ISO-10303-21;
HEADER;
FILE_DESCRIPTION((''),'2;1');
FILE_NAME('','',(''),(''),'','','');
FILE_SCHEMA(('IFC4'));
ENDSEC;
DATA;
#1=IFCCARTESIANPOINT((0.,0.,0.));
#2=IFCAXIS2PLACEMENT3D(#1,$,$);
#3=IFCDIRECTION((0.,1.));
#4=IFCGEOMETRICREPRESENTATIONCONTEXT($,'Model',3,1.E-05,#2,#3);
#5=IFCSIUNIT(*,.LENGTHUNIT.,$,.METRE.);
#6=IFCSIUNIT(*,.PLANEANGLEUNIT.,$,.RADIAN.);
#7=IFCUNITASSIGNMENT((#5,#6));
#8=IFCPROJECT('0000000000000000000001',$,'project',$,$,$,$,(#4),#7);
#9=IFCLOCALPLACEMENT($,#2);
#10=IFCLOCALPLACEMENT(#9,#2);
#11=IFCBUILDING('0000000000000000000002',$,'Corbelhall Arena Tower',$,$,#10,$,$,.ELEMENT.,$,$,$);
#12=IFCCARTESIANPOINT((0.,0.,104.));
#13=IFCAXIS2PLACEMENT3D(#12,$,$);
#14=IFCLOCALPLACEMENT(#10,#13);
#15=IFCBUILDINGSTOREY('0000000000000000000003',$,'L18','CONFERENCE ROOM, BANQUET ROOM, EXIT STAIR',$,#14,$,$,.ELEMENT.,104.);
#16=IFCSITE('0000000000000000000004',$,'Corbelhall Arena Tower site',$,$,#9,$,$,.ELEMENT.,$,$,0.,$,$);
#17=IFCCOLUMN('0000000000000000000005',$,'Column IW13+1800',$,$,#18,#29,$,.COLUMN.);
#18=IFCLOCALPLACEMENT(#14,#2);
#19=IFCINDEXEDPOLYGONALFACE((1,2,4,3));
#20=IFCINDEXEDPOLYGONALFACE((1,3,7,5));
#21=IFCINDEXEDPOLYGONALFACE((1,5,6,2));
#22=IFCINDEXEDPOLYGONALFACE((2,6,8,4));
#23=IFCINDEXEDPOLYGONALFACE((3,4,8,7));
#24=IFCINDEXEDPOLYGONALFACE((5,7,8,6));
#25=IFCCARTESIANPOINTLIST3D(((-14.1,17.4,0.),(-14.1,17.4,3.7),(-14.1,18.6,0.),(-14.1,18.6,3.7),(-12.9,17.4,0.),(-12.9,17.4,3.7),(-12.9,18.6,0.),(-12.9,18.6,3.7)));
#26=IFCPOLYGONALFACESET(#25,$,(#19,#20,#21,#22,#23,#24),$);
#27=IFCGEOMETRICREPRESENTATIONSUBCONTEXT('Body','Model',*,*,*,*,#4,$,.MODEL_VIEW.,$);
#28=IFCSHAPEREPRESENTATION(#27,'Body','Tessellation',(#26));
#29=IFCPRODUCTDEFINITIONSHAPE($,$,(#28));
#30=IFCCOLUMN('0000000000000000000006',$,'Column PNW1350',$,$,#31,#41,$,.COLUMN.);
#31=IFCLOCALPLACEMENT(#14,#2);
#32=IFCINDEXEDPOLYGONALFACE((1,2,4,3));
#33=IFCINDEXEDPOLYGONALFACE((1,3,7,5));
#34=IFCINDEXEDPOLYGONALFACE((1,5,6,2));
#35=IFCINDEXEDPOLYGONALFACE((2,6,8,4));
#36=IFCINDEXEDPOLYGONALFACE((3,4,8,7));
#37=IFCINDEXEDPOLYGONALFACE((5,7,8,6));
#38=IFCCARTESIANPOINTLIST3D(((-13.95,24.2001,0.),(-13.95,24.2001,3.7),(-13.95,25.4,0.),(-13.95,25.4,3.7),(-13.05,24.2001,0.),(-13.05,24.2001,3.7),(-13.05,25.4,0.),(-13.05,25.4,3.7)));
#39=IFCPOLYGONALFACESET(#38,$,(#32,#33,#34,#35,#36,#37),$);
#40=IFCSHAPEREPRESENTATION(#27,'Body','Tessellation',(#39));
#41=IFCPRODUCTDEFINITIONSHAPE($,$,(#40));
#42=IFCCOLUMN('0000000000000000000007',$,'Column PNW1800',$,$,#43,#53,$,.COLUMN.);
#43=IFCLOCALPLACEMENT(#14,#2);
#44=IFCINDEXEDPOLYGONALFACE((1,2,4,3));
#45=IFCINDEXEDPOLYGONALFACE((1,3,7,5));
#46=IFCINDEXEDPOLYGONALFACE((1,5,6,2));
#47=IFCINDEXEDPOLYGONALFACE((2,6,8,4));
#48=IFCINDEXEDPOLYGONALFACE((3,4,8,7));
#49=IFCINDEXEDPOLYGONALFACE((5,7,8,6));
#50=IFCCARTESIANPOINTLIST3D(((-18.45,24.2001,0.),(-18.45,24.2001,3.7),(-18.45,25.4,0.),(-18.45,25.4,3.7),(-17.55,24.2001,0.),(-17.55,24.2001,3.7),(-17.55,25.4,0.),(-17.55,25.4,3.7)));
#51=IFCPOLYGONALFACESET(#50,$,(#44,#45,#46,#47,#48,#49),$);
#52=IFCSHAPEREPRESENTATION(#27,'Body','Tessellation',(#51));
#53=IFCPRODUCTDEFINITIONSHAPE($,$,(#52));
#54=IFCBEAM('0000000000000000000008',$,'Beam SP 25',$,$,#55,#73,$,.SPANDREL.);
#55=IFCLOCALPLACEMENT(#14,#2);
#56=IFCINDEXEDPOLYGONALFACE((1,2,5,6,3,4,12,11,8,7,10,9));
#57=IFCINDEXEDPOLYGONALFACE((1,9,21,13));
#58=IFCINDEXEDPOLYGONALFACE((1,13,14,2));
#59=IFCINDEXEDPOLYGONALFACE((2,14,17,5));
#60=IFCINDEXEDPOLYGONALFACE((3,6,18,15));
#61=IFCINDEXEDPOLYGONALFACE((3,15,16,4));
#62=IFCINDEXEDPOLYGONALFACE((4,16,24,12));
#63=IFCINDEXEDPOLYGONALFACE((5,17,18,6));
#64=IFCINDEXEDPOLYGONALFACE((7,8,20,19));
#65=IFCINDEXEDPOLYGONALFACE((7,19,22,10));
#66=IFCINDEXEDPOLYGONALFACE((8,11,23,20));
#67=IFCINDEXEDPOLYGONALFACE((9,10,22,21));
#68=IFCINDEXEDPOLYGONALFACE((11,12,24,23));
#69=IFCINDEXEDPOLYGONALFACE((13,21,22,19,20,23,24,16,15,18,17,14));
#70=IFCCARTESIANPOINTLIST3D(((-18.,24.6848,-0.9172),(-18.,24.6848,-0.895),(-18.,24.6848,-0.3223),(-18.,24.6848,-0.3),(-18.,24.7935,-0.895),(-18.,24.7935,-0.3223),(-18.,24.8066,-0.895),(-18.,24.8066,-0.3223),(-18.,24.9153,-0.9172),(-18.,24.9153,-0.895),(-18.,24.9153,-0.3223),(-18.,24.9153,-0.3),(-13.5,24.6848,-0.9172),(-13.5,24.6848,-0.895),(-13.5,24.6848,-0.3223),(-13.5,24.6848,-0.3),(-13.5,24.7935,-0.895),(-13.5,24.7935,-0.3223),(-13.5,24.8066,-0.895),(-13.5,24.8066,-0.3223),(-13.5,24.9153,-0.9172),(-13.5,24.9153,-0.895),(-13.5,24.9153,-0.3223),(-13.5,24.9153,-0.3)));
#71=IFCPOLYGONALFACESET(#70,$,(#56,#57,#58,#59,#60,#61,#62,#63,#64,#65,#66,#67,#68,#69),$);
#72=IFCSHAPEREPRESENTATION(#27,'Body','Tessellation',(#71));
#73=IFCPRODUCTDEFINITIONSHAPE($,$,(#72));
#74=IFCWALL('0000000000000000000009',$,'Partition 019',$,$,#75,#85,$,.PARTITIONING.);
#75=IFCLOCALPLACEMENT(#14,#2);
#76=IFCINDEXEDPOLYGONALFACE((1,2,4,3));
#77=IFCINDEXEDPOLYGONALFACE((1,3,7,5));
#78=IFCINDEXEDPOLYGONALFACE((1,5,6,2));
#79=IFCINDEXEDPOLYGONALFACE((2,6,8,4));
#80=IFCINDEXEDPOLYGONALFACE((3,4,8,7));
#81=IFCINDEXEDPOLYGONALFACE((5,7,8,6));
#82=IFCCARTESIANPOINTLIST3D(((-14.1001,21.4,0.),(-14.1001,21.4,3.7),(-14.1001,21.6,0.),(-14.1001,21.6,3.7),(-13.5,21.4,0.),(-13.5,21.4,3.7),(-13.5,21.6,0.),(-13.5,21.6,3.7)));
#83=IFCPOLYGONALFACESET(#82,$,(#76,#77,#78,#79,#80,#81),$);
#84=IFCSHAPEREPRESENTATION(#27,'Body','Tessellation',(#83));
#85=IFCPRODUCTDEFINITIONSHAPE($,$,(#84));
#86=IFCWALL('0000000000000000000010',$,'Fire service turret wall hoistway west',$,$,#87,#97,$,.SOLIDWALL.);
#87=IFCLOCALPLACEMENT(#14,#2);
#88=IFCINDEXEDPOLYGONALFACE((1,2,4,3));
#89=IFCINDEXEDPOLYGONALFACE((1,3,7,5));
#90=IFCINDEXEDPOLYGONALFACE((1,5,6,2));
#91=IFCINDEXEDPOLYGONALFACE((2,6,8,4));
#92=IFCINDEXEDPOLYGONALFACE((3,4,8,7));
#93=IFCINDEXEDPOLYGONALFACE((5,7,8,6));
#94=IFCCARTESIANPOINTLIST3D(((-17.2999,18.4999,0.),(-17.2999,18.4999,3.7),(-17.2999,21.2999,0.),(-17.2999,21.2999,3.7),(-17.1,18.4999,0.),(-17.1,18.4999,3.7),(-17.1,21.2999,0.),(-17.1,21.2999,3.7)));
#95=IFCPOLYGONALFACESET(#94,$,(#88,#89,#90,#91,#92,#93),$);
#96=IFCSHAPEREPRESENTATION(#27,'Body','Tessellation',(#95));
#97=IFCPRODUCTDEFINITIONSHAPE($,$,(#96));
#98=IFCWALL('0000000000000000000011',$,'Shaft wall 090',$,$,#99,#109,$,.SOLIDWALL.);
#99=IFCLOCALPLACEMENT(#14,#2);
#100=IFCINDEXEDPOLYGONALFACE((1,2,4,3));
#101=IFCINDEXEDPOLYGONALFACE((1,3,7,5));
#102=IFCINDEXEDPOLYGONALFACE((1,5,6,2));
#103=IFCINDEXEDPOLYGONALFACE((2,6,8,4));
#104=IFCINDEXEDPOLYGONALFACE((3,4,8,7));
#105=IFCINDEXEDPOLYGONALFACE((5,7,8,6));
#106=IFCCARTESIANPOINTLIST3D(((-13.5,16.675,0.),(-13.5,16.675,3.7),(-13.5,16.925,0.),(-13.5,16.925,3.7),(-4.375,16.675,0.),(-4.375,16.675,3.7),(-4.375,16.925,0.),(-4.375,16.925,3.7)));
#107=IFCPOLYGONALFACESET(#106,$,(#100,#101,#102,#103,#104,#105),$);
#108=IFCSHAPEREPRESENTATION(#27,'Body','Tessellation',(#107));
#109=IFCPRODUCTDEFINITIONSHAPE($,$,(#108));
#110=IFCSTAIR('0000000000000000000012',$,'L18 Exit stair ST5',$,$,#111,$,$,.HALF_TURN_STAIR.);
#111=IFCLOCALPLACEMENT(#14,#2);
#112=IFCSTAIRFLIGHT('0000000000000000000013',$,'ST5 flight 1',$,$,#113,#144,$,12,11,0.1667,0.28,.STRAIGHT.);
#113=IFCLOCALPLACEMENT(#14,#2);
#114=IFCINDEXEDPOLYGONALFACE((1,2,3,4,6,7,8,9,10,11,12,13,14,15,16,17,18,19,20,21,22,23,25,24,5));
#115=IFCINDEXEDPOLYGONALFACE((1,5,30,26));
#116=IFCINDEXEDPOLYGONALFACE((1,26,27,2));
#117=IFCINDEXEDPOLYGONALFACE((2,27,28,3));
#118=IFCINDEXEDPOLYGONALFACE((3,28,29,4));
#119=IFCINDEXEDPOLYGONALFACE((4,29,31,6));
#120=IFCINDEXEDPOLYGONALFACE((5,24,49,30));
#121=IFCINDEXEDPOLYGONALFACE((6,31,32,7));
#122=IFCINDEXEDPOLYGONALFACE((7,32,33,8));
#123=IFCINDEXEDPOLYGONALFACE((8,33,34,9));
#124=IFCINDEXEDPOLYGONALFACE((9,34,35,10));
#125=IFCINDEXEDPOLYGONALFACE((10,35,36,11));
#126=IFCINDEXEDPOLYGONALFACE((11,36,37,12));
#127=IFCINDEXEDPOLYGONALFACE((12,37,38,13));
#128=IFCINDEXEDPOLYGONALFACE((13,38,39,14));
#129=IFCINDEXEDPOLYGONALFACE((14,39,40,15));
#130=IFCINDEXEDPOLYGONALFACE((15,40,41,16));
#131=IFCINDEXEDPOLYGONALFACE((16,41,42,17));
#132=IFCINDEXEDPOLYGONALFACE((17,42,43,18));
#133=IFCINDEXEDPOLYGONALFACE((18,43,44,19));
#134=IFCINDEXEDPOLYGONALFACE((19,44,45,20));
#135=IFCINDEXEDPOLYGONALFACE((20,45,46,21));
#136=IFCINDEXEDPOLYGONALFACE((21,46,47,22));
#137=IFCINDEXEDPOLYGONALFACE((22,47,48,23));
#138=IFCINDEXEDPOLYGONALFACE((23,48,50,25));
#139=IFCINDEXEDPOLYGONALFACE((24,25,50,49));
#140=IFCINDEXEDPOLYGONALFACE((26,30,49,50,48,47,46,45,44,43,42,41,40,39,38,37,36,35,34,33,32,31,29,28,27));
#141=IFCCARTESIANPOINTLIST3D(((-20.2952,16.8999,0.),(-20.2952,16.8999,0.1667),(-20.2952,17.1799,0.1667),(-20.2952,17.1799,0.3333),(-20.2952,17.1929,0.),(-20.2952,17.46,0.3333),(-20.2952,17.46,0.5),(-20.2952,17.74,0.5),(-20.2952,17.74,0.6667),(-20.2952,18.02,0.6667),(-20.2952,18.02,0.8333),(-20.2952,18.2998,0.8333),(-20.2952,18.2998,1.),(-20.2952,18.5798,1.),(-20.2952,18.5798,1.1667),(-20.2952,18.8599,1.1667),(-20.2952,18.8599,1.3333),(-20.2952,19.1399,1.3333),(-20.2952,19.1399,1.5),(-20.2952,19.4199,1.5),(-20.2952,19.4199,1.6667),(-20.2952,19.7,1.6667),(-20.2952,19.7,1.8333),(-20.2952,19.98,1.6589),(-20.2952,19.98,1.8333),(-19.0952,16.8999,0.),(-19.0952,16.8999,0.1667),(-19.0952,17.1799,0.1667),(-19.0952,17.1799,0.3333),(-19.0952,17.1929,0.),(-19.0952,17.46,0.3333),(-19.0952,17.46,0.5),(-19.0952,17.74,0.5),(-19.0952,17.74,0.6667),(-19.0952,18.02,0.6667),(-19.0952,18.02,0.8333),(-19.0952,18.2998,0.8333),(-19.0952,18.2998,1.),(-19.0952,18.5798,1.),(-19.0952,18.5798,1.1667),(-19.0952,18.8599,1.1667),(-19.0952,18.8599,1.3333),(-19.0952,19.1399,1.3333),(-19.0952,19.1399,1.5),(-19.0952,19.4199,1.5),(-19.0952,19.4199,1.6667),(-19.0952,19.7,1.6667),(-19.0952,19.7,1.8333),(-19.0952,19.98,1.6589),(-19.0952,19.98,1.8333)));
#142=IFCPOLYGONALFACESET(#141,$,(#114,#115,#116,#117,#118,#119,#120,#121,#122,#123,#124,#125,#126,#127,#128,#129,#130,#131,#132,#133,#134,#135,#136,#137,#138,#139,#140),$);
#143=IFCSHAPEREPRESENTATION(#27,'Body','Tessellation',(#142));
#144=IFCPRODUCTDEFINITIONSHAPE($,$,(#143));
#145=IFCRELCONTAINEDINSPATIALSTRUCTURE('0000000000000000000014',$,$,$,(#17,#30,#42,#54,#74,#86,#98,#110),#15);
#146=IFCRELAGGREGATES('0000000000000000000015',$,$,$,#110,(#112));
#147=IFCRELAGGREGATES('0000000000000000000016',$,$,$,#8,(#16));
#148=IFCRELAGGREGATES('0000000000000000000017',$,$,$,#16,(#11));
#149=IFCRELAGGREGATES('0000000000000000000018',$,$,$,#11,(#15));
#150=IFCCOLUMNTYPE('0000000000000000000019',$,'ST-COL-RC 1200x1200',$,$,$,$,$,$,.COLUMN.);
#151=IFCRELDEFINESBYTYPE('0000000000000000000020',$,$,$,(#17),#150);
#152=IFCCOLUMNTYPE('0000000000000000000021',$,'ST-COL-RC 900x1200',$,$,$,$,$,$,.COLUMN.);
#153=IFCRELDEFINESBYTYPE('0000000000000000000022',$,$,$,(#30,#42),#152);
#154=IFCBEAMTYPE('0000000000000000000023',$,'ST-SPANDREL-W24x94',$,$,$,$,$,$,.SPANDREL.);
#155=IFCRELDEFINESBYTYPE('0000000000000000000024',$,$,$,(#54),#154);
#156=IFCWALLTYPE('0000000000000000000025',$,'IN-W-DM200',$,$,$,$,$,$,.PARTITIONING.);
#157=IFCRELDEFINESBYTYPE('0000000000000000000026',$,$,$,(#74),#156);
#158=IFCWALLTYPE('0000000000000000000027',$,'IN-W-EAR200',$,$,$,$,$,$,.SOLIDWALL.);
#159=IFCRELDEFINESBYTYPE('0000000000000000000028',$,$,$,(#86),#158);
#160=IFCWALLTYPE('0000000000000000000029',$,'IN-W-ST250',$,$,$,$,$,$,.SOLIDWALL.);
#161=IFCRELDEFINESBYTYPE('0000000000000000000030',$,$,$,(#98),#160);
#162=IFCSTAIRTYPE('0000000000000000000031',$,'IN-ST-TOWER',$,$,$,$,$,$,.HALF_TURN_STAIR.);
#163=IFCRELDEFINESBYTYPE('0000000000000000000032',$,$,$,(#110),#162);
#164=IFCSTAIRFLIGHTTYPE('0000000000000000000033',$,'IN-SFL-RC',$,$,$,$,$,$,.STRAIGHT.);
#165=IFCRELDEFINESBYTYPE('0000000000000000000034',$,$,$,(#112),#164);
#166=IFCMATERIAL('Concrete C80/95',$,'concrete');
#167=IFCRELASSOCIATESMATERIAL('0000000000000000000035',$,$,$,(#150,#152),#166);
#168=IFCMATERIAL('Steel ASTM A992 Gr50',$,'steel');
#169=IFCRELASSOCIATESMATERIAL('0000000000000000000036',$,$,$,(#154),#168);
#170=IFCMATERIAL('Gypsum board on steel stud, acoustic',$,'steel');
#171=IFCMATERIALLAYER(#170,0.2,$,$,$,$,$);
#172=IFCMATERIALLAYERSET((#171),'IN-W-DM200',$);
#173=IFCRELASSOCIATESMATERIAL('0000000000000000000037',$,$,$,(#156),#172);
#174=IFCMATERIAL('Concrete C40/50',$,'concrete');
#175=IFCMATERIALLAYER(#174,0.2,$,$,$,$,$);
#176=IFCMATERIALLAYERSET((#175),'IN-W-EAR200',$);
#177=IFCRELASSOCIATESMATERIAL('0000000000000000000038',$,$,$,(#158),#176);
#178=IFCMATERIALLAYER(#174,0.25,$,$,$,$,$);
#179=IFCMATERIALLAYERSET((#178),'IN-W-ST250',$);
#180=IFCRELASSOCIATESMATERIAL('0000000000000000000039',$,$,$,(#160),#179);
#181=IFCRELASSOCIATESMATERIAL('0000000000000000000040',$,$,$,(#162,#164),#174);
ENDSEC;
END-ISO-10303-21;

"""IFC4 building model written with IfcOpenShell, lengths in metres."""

from ifc_helpers import new_model, si_unit, direction, frame, frame_2d, origin, origin_2d, place, context, subcontext, project, spatial, polyline, rectangle, i_section, outline, extrude, material, layer, layer_set, material_profile, profile_set, type_object, element, aggregate, save


model = new_model("IFC4")

# Units and contexts
model_context = context("Model", 3, precision=1e-05, world=origin(), true_north=direction((0.0, 1.0)))
body_context = subcontext(model_context, "Body", "Model", "MODEL_VIEW")
ifc_project = project(units=[si_unit("LENGTHUNIT", "METRE"), si_unit("PLANEANGLEUNIT", "RADIAN")], contexts=[model_context])

# Site, building, storey
site_placement = place(None, origin())
site = spatial("IfcSite", under=ifc_project, at=site_placement, Name="Corbelhall Arena Tower site", CompositionType="ELEMENT", RefElevation=0.0)
building_placement = place(site_placement, origin())
building = spatial("IfcBuilding", under=site, at=building_placement, Name="Corbelhall Arena Tower", CompositionType="ELEMENT")
storey_placement = place(building_placement, frame((0.0, 0.0, 104.0)))
storey = spatial("IfcBuildingStorey", under=building, at=storey_placement, Name="L18", Description="CONFERENCE ROOM, BANQUET ROOM, EXIT STAIR", CompositionType="ELEMENT", Elevation=104.0)

# Columns
ifc_material_1 = material(Name="Concrete C80/95", Category="concrete")
ifc_material_profile_1 = material_profile(ifc_material_1, rectangle(XDim=1.2, YDim=1.2, at=origin_2d()))
ifc_profile_set_1 = profile_set([ifc_material_profile_1], Name="Concrete C80/95")
column_type_1 = type_object("IfcColumnType", Name="ST-COL-RC 1200x1200", PredefinedType="COLUMN", material=ifc_profile_set_1)
column_placement = place(storey_placement, frame((-13.5, 18.0, 0.0), z_axis=(0.0, 0.0, 1.0), x_axis=(1.0, 0.0, 0.0)))
element("IfcColumn", 1, at=column_placement, inside=storey, type_object=column_type_1, Name="Column IW13+1800", PredefinedType="COLUMN", context=body_context, shape_type="SweptSolid", body=[
    extrude(rectangle(XDim=1.2, YDim=1.2, at=origin_2d()), origin(), (0.0, 0.0, 1.0), 3.7),
])
ifc_material_profile_2 = material_profile(ifc_material_1, rectangle(XDim=0.8999, YDim=1.2, at=origin_2d()))
ifc_profile_set_2 = profile_set([ifc_material_profile_2], Name="Concrete C80/95")
column_type_2 = type_object("IfcColumnType", Name="ST-COL-RC 900x1200", PredefinedType="COLUMN", material=ifc_profile_set_2)
for number, where, z_axis, x_axis, name in (
    (2, (-13.5, 24.8, 0.0), (0.0, 0.0, 1.0), (1.0, 0.0, 0.0), "Column PNW1350"),
    (3, (-18.0, 24.8, 0.0), (0.0, 0.0, 1.0), (1.0, 0.0, 0.0), "Column PNW1800"),
):
    element("IfcColumn", number, at=place(storey_placement, frame(where, z_axis=z_axis, x_axis=x_axis)), inside=storey, type_object=column_type_2, Name=name, PredefinedType="COLUMN", context=body_context, shape_type="SweptSolid", body=[
        extrude(rectangle(XDim=0.8999, YDim=1.2, at=origin_2d()), origin(), (0.0, 0.0, 1.0), 3.7),
    ])

# Beam
ifc_material_2 = material(Name="Steel ASTM A992 Gr50", Category="steel")
ifc_material_profile_3 = material_profile(ifc_material_2, i_section(OverallWidth=0.2305, OverallDepth=0.6172, WebThickness=0.0132, FlangeThickness=0.0222, at=origin_2d()))
ifc_profile_set_3 = profile_set([ifc_material_profile_3], Name="Steel ASTM A992 Gr50")
beam_type = type_object("IfcBeamType", Name="ST-SPANDREL-W24x94", PredefinedType="SPANDREL", material=ifc_profile_set_3)
beam_placement = place(storey_placement, frame((-18.0, 24.8, -0.6086), z_axis=(1.0, 0.0, 0.0), x_axis=(0.0, 1.0, 0.0)))
element("IfcBeam", 4, at=beam_placement, inside=storey, type_object=beam_type, Name="Beam SP 25", PredefinedType="SPANDREL", context=body_context, shape_type="SweptSolid", body=[
    extrude(i_section(OverallWidth=0.2305, OverallDepth=0.6172, WebThickness=0.0132, FlangeThickness=0.0222, at=origin_2d()), origin(), (0.0, 0.0, 1.0), 4.5),
])

# Wall
ifc_material_3 = material(Name="Gypsum board on steel stud, acoustic", Category="steel")
ifc_layer_1 = layer(ifc_material_3, 0.2)
ifc_layer_set_1 = layer_set([ifc_layer_1], Name="IN-W-DM200")
wall_type_1 = type_object("IfcWallType", Name="IN-W-DM200", PredefinedType="PARTITIONING", material=ifc_layer_set_1)
wall_1_placement = place(storey_placement, frame((-13.5, 21.5, 0.0), z_axis=(0.0, 0.0, 1.0), x_axis=(-1.0, 0.0, 0.0)))
element("IfcWall", 5, at=wall_1_placement, inside=storey, type_object=wall_type_1, Name="Partition 019", PredefinedType="PARTITIONING", context=body_context, shape_type="SweptSolid", body=[
    extrude(rectangle(XDim=0.6001, YDim=0.2, at=frame_2d((0.3, 0.0))), origin(), (0.0, 0.0, 1.0), 3.7),
])

# Wall
ifc_material_4 = material(Name="Concrete C40/50", Category="concrete")
ifc_layer_2 = layer(ifc_material_4, 0.2)
ifc_layer_set_2 = layer_set([ifc_layer_2], Name="IN-W-EAR200")
wall_type_2 = type_object("IfcWallType", Name="IN-W-EAR200", PredefinedType="SOLIDWALL", material=ifc_layer_set_2)
wall_2_placement = place(storey_placement, frame((-17.2, 18.5, 0.0), z_axis=(0.0, 0.0, 1.0), x_axis=(0.0, 1.0, 0.0)))
element("IfcWall", 6, at=wall_2_placement, inside=storey, type_object=wall_type_2, Name="Fire service turret wall hoistway west", PredefinedType="SOLIDWALL", context=body_context, shape_type="SweptSolid", body=[
    extrude(rectangle(XDim=2.8, YDim=0.2, at=frame_2d((1.3999, 0.0))), origin(), (0.0, 0.0, 1.0), 3.7),
])

# Wall
ifc_layer_3 = layer(ifc_material_4, 0.25)
ifc_layer_set_3 = layer_set([ifc_layer_3], Name="IN-W-ST250")
wall_type_3 = type_object("IfcWallType", Name="IN-W-ST250", PredefinedType="SOLIDWALL", material=ifc_layer_set_3)
wall_3_placement = place(storey_placement, frame((-13.5, 16.8, 0.0), z_axis=(0.0, 0.0, 1.0), x_axis=(1.0, 0.0, 0.0)))
element("IfcWall", 7, at=wall_3_placement, inside=storey, type_object=wall_type_3, Name="Shaft wall 090", PredefinedType="SOLIDWALL", context=body_context, shape_type="SweptSolid", body=[
    extrude(rectangle(XDim=9.125, YDim=0.25, at=frame_2d((4.5625, 0.0))), origin(), (0.0, 0.0, 1.0), 3.7),
])

# Stair, stair flight
stair_type = type_object("IfcStairType", Name="IN-ST-TOWER", PredefinedType="HALF_TURN_STAIR", material=ifc_material_4)
stair_placement = place(storey_placement, origin())
stair = element("IfcStair", 8, at=stair_placement, inside=storey, type_object=stair_type, Name="L18 Exit stair ST5", PredefinedType="HALF_TURN_STAIR")
stair_flight_type = type_object("IfcStairFlightType", Name="IN-SFL-RC", PredefinedType="STRAIGHT", material=ifc_material_4)
stair_flight_placement = place(storey_placement, frame((-19.6951, 16.8999, 0.0), z_axis=(0.0, 0.0, 1.0), x_axis=(0.0, 1.0, 0.0)))
stair_flight = element("IfcStairFlight", 9, at=stair_flight_placement, type_object=stair_flight_type, Name="ST5 flight 1", NumberOfRisers=12, NumberOfTreads=11, PredefinedType="STRAIGHT", RiserHeight=0.1667, TreadLength=0.28, context=body_context, shape_type="SweptSolid", body=[
    extrude(outline(polyline([(0.0, 0.0), (0.0, 0.1667), (0.28, 0.1667), (0.28, 0.3333), (0.5601, 0.3333), (0.5601, 0.5), (0.8401, 0.5), (0.8401, 0.6667), (1.1201, 0.6667), (1.1201, 0.8333), (1.3999, 0.8333), (1.3999, 1.0), (1.6799, 1.0), (1.6799, 1.1667), (1.96, 1.1667), (1.96, 1.3333), (2.24, 1.3333), (2.24, 1.5), (2.52, 1.5), (2.52, 1.6667), (2.8, 1.6667), (2.8, 1.8333), (3.0801, 1.8333), (3.0801, 2.0), (3.0801, 1.6589), (0.293, 0.0), (0.0, 0.0)])), frame((0.0, 0.6001, 0.0), z_axis=(0.0, -1.0, 0.0), x_axis=(1.0, 0.0, 0.0)), (0.0, 0.0, 1.0), 1.2),
])
aggregate(stair, [stair_flight])

save(model, "model.ifc")
